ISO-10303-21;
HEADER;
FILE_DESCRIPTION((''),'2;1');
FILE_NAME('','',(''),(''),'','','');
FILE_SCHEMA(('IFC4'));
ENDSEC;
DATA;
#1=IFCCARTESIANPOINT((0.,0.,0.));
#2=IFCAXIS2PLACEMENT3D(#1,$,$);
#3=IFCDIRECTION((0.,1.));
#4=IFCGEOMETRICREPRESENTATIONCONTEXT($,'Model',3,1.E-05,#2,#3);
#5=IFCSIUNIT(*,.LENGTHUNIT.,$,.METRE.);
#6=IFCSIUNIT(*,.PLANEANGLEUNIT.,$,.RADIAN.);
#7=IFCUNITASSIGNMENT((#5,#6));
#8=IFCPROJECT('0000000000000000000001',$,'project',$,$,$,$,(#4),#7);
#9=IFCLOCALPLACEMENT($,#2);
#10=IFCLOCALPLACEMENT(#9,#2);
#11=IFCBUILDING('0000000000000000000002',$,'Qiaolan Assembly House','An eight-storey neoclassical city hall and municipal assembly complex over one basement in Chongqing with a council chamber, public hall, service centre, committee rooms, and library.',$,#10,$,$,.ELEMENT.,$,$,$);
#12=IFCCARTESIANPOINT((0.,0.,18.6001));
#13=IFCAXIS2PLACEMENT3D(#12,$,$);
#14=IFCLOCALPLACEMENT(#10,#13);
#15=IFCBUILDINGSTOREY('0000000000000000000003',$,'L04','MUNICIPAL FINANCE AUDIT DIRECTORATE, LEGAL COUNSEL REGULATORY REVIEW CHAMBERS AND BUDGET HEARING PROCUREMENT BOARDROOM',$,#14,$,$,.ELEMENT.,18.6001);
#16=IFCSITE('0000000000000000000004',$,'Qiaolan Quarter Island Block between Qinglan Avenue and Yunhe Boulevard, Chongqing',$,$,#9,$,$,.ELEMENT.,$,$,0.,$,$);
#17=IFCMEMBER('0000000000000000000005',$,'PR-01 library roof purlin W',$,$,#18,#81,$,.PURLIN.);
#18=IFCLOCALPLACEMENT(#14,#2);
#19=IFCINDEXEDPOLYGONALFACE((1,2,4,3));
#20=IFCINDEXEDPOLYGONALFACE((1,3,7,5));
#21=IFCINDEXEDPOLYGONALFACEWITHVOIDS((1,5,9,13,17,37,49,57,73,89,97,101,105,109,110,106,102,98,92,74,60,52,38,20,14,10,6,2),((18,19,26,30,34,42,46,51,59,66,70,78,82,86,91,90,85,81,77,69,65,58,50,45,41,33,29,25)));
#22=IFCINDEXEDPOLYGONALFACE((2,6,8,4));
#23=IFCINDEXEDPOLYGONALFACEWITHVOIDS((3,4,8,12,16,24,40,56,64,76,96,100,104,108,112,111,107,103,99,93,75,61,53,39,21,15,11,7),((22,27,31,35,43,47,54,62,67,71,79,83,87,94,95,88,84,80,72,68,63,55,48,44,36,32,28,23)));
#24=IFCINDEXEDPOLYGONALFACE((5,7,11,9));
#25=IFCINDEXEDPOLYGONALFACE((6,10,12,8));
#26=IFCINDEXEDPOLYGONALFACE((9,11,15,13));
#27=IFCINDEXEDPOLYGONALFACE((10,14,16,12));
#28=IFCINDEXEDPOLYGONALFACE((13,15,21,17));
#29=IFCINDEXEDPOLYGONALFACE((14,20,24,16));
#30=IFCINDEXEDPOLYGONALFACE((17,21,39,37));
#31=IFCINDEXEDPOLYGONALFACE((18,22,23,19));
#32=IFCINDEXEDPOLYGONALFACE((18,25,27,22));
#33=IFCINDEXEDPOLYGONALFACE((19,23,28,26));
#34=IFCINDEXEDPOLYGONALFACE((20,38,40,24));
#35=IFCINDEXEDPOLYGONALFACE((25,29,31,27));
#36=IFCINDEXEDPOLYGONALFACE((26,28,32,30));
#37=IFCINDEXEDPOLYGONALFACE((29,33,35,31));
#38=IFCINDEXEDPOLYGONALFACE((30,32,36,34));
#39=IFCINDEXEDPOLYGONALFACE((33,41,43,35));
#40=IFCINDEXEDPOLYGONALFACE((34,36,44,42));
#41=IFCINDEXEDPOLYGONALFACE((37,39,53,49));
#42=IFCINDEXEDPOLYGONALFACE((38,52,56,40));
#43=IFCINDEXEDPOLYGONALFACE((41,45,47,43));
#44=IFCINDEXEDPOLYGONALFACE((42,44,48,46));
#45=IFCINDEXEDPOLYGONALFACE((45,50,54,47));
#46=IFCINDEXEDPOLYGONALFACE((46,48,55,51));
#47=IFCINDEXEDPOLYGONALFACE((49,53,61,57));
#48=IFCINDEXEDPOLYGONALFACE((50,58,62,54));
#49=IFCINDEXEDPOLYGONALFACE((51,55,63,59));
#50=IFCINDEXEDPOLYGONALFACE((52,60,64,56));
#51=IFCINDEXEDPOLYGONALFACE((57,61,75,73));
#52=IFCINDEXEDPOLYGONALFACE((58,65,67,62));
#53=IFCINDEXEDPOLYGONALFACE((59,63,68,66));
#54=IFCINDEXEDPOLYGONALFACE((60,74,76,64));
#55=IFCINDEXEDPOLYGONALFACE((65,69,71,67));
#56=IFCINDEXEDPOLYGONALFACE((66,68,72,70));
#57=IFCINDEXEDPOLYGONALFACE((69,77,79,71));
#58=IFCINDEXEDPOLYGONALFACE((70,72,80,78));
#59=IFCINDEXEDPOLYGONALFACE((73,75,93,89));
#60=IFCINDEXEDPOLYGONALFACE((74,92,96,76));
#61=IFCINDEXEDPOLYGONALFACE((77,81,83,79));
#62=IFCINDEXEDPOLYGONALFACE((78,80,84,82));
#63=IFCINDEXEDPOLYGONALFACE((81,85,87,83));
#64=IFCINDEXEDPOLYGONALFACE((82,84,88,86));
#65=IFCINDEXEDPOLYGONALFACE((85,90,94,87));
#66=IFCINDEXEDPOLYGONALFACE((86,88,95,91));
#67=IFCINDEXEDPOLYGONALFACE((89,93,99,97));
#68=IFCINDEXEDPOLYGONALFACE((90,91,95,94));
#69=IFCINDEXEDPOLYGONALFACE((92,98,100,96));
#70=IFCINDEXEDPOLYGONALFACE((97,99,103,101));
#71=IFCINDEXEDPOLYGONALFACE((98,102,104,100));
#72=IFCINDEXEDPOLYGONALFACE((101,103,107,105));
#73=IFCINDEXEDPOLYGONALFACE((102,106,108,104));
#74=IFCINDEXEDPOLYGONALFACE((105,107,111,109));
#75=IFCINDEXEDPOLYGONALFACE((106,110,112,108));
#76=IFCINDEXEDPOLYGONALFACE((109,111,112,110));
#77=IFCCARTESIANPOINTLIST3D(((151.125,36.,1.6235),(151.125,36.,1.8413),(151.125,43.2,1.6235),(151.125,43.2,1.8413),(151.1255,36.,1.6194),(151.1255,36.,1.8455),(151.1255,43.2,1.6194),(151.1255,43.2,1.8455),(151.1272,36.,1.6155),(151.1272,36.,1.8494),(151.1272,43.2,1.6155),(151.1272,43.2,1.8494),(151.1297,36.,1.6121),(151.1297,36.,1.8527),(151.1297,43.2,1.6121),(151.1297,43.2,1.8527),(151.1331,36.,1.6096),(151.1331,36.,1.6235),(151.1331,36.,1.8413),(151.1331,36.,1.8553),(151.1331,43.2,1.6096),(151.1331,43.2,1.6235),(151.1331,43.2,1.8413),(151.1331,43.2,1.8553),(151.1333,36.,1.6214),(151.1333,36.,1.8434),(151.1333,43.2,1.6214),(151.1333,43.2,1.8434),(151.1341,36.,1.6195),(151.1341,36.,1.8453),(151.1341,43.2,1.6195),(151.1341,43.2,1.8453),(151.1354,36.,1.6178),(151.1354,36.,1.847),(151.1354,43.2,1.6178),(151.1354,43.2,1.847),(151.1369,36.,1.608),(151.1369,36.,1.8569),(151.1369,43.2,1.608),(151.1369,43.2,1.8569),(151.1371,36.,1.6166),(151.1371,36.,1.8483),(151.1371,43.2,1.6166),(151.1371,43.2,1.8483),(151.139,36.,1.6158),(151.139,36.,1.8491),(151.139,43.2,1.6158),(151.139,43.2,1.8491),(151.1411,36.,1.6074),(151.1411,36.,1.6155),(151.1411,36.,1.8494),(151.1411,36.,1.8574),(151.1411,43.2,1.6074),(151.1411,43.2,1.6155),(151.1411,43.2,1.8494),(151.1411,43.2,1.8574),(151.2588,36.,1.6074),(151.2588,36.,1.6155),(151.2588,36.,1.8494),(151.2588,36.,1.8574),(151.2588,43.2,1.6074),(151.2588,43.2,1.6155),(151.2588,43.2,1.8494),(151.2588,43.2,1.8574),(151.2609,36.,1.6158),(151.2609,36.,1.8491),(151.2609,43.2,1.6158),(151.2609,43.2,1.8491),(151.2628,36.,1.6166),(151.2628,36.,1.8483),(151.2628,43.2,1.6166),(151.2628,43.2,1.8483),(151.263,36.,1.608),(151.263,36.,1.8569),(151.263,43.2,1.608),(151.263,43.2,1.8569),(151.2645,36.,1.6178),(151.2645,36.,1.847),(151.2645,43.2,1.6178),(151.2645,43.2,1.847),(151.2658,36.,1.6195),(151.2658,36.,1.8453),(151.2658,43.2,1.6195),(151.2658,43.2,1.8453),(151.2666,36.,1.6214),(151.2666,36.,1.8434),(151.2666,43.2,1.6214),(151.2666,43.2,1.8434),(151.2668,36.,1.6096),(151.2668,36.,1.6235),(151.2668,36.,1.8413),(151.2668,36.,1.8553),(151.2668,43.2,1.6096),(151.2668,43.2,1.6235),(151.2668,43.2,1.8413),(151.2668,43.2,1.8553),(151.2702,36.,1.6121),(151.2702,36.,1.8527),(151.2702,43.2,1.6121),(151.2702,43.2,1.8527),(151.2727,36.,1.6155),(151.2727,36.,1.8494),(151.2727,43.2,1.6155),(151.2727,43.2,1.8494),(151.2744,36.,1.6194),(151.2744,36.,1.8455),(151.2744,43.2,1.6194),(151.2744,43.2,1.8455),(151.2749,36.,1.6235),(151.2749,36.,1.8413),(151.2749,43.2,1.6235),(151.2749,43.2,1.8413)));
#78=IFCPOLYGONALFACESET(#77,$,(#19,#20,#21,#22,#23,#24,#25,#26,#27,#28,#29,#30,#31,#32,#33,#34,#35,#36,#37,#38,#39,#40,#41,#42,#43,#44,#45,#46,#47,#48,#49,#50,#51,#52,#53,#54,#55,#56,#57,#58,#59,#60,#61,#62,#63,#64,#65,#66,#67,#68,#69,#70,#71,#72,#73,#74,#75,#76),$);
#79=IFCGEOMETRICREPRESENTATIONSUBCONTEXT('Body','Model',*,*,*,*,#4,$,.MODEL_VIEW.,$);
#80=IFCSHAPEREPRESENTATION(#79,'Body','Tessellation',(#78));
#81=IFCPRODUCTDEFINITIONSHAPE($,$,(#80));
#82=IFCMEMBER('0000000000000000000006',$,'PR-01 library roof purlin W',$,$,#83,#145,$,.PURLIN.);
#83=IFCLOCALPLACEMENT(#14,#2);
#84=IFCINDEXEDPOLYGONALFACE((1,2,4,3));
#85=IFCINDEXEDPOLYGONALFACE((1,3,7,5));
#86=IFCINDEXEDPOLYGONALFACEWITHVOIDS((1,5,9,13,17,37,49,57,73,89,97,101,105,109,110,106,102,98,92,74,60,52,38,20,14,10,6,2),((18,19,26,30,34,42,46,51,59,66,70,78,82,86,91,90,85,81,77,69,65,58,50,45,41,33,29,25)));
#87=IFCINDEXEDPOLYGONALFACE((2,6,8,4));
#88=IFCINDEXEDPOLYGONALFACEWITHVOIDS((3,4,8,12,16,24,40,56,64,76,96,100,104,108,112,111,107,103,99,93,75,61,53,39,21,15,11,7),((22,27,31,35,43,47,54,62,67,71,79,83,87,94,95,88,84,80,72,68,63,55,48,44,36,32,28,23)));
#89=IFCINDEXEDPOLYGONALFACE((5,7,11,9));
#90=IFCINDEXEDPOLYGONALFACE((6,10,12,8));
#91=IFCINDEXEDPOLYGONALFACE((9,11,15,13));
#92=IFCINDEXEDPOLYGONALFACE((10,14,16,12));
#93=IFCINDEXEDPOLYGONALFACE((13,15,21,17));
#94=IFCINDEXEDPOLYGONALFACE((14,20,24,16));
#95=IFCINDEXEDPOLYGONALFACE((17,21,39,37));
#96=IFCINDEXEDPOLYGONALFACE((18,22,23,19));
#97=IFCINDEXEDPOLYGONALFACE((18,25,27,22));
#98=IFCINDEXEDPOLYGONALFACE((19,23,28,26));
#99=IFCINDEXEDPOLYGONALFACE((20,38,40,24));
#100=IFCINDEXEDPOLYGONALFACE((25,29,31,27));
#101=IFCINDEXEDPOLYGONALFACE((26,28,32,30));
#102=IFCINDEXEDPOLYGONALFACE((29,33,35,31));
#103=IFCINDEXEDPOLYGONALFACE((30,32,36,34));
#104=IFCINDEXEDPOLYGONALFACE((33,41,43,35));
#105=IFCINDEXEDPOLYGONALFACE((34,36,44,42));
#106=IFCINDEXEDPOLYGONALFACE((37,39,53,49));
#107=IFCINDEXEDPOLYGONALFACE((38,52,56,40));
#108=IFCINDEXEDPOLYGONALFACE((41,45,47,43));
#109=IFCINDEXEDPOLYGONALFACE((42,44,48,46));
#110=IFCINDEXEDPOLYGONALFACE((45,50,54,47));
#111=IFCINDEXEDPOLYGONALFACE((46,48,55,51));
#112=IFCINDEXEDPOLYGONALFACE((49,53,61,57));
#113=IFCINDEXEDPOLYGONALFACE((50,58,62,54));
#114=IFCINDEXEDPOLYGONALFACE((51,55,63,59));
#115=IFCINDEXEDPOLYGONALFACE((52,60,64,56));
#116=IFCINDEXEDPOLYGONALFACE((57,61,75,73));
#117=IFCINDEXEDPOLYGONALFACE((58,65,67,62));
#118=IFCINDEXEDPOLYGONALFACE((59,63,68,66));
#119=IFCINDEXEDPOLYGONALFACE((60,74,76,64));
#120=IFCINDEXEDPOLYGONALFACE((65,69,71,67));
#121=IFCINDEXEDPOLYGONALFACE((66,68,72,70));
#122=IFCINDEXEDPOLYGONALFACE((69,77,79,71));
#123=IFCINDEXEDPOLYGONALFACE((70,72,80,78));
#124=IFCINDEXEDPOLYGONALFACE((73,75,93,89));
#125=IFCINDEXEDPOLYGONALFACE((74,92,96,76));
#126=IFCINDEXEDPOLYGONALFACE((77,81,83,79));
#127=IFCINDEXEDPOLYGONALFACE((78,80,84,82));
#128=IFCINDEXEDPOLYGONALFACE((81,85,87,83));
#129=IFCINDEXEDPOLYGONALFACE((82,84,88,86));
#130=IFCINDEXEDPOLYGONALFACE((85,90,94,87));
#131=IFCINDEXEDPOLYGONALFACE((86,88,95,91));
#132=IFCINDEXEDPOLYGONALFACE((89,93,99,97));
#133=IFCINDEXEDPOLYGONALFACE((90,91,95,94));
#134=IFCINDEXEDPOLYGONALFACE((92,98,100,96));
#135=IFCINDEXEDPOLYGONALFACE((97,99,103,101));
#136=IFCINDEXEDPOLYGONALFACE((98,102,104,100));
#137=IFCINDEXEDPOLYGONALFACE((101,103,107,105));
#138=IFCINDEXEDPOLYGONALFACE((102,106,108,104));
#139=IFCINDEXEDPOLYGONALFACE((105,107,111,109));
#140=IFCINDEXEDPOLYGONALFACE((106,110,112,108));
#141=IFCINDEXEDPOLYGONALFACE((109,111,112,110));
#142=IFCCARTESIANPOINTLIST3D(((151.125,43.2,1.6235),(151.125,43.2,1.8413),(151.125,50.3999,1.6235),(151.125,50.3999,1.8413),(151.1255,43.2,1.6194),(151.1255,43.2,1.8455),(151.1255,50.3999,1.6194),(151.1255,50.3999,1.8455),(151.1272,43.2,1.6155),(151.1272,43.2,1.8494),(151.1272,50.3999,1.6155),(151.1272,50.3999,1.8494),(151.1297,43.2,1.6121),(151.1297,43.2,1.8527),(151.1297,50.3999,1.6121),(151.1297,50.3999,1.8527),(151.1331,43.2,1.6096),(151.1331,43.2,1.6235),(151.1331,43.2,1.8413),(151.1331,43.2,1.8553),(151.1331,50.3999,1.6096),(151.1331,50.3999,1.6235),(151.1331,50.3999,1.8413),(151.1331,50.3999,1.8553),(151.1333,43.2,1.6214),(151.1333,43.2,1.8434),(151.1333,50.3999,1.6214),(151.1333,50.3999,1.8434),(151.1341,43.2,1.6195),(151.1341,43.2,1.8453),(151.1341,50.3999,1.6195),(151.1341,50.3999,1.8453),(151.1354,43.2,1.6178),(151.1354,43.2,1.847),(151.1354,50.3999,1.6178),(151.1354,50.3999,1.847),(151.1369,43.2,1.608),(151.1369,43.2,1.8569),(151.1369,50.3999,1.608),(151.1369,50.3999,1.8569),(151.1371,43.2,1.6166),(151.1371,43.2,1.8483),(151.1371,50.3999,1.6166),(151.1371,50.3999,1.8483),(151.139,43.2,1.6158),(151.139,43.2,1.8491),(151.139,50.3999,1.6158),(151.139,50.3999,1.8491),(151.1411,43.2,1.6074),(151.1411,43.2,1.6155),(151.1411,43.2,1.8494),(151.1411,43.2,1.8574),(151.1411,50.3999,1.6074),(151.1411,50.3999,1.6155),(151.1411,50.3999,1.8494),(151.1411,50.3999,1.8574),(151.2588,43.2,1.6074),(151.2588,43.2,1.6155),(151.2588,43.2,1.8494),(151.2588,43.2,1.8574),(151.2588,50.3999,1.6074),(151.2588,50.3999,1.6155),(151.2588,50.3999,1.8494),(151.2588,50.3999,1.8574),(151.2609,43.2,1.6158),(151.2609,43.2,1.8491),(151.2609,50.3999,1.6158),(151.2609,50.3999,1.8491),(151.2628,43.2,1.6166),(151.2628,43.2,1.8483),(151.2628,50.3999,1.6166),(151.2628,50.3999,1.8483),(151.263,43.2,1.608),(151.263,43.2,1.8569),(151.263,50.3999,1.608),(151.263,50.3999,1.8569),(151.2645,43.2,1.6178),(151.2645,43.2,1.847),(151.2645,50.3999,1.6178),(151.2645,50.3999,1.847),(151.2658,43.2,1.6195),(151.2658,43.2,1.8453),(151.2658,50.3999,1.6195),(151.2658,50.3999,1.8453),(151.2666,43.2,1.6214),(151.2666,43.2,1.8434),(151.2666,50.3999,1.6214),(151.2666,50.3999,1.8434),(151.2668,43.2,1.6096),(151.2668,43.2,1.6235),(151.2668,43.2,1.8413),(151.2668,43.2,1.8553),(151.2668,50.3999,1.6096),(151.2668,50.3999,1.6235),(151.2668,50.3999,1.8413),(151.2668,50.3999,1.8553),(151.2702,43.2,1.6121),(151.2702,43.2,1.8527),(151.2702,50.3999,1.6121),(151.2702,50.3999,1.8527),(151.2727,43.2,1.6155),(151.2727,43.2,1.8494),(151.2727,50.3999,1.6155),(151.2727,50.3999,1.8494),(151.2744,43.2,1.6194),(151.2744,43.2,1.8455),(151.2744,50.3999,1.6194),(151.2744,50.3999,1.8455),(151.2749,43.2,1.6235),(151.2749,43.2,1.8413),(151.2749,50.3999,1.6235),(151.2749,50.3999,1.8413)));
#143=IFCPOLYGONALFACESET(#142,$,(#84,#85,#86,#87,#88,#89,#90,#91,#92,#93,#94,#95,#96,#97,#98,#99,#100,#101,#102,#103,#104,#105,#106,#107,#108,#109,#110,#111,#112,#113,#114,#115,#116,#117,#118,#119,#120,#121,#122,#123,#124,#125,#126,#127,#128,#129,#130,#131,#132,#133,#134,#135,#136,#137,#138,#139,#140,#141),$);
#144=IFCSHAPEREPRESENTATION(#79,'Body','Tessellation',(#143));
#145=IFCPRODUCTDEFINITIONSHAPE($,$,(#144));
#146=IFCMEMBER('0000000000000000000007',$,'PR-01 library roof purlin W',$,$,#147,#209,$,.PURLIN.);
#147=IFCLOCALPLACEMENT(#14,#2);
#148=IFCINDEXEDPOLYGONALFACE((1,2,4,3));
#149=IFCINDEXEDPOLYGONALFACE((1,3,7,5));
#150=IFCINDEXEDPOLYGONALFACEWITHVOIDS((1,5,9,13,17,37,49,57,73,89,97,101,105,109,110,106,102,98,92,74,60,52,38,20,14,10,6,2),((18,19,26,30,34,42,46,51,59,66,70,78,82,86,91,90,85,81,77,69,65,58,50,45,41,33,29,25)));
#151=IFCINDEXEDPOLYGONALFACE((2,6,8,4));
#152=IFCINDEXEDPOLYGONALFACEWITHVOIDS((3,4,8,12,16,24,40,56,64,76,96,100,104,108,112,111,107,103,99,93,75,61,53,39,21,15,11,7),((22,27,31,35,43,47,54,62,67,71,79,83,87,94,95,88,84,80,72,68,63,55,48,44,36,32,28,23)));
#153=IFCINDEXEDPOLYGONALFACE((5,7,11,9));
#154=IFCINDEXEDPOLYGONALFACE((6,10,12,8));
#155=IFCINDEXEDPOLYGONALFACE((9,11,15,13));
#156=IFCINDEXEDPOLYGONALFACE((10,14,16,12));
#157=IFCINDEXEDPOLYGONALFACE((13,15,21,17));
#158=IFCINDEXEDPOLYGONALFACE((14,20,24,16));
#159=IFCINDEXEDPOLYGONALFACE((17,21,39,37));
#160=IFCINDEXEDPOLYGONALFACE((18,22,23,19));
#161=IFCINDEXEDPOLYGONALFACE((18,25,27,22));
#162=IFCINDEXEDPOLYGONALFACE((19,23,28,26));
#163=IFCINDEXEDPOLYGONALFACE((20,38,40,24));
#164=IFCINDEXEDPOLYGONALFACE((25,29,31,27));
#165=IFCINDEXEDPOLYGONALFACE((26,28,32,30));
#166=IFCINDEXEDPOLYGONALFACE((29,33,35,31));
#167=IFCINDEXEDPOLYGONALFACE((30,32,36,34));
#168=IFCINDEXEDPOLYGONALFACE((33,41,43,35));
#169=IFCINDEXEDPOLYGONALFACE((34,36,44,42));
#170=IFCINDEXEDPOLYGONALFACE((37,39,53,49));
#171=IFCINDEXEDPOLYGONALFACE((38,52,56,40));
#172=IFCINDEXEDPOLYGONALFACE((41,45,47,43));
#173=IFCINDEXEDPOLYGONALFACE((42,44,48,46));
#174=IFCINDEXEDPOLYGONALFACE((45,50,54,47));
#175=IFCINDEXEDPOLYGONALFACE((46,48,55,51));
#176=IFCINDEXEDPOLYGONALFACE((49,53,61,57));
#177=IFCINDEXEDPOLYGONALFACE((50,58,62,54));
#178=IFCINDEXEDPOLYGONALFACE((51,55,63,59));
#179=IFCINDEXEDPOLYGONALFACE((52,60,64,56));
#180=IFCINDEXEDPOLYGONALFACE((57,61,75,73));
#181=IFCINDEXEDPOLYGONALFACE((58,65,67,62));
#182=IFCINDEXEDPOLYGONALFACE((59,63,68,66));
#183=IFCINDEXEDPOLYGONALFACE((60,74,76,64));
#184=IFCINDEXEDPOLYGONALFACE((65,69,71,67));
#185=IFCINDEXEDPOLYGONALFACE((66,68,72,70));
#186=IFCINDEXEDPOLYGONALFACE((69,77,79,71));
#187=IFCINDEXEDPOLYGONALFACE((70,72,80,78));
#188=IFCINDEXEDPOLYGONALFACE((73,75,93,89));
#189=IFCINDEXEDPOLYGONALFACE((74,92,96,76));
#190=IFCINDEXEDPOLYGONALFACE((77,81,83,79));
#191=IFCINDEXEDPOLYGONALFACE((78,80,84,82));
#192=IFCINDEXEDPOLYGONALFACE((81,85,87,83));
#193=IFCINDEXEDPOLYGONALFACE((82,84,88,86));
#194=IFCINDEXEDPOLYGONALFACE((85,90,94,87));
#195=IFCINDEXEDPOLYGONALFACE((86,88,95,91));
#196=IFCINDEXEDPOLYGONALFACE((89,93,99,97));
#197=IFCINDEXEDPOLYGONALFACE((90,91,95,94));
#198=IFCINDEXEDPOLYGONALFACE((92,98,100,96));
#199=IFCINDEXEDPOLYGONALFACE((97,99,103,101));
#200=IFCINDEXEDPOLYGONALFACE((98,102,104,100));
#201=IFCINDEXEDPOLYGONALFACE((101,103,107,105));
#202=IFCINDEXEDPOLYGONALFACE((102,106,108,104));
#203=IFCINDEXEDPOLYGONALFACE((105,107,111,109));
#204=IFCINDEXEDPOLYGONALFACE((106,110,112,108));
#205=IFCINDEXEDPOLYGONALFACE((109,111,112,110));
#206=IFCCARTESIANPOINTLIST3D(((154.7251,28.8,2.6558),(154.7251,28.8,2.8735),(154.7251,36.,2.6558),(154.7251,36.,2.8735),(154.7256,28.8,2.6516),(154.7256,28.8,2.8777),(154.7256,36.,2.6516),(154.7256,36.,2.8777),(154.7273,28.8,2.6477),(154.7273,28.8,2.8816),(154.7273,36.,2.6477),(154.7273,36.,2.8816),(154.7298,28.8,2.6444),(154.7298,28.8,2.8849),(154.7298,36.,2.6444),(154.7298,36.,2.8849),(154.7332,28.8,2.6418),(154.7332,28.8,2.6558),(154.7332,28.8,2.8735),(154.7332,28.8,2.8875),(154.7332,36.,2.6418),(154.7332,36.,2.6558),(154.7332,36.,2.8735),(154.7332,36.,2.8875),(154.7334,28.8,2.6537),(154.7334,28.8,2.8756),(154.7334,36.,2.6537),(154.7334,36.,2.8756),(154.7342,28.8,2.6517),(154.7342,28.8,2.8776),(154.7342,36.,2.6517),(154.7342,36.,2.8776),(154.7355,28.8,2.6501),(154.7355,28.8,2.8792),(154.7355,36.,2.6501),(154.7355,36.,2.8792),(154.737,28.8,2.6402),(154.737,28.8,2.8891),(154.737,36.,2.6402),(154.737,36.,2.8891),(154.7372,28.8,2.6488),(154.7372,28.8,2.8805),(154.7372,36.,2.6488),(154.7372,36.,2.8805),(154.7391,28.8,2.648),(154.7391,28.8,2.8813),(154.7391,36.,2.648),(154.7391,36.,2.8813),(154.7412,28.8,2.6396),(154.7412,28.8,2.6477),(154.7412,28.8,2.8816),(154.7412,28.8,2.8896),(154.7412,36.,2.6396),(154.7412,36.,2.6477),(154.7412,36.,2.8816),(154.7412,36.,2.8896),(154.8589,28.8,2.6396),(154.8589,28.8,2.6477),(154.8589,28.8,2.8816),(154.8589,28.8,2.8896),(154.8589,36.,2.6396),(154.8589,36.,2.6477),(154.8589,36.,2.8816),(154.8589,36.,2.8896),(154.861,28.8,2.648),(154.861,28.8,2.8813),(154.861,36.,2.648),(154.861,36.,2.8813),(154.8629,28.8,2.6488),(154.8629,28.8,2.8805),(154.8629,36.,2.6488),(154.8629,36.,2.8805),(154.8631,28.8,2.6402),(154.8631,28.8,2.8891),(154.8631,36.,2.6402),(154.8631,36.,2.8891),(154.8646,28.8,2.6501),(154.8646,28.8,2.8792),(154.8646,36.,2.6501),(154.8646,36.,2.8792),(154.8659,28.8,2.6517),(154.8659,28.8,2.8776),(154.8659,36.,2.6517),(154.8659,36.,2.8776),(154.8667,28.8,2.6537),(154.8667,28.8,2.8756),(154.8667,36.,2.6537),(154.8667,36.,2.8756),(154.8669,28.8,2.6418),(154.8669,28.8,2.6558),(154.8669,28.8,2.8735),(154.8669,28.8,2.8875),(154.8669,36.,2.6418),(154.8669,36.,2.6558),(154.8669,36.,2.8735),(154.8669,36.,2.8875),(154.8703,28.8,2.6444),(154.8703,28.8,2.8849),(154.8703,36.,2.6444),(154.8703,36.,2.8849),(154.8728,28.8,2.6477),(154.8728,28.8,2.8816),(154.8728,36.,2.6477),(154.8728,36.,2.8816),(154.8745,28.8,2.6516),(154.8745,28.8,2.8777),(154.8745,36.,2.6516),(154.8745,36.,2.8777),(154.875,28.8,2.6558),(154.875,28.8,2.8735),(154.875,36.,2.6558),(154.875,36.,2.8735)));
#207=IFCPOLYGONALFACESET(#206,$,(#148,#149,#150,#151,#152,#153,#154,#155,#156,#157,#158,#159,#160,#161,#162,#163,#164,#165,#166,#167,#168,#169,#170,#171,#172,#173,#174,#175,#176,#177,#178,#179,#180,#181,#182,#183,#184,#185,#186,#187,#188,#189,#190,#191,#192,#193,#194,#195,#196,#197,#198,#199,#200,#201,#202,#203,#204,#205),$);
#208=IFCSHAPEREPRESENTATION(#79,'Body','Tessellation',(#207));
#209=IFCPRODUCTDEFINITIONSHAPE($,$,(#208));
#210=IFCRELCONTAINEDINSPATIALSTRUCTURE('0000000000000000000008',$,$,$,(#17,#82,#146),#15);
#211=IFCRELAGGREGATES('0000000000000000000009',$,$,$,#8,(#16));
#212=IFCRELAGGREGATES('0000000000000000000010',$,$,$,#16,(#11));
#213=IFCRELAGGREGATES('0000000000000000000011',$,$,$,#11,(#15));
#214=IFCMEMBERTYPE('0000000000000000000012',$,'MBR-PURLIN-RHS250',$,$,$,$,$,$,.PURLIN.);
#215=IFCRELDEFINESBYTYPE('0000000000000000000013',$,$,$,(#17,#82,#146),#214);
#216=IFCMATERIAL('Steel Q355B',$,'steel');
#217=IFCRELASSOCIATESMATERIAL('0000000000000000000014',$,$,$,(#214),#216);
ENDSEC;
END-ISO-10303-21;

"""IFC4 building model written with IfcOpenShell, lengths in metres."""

from ifc_helpers import new_model, si_unit, direction, frame, origin, origin_2d, place, context, subcontext, project, spatial, hollow_rectangle, extrude, material, material_profile, profile_set, type_object, element, save


model = new_model("IFC4")

# Units and contexts
model_context = context("Model", 3, precision=1e-05, world=origin(), true_north=direction((0.0, 1.0)))
body_context = subcontext(model_context, "Body", "Model", "MODEL_VIEW")
ifc_project = project(units=[si_unit("LENGTHUNIT", "METRE"), si_unit("PLANEANGLEUNIT", "RADIAN")], contexts=[model_context])

# Site, building, storey
site_placement = place(None, origin())
site = spatial("IfcSite", under=ifc_project, at=site_placement, Name="Qiaolan Quarter Island Block between Qinglan Avenue and Yunhe Boulevard, Chongqing", CompositionType="ELEMENT", RefElevation=0.0)
building_placement = place(site_placement, origin())
building = spatial("IfcBuilding", under=site, at=building_placement, Name="Qiaolan Assembly House", Description="An eight-storey neoclassical city hall and municipal assembly complex over one basement in Chongqing with a council chamber, public hall, service centre, committee rooms, and library.", CompositionType="ELEMENT")
storey_placement = place(building_placement, frame((0.0, 0.0, 18.6001)))
storey = spatial("IfcBuildingStorey", under=building, at=storey_placement, Name="L04", Description="MUNICIPAL FINANCE AUDIT DIRECTORATE, LEGAL COUNSEL REGULATORY REVIEW CHAMBERS AND BUDGET HEARING PROCUREMENT BOARDROOM", CompositionType="ELEMENT", Elevation=18.6001)

# Shared definitions
ifc_material = material(Name="Steel Q355B", Category="steel")

# Members
ifc_material_profile_1 = material_profile(ifc_material, hollow_rectangle(XDim=0.1499, YDim=0.25, WallThickness=0.0081, InnerFilletRadius=0.0081, OuterFilletRadius=0.0161, at=origin_2d()), Name="RHS 250x150x8")
ifc_profile_set_1 = profile_set([ifc_material_profile_1], Name="Steel Q355B")
member_type = type_object("IfcMemberType", Name="MBR-PURLIN-RHS250", PredefinedType="PURLIN", material=ifc_profile_set_1)
for number, where, z_axis, x_axis, name in (
    (1, (151.2, 36.0, 1.7324), (0.0, 1.0, 0.0), (-1.0, 0.0, 0.0), "PR-01 library roof purlin W"),
    (2, (151.2, 43.2, 1.7324), (0.0, 1.0, 0.0), (-1.0, 0.0, 0.0), "PR-01 library roof purlin W"),
    (3, (154.8, 28.8, 2.7646), (0.0, 1.0, 0.0), (-1.0, 0.0, 0.0), "PR-01 library roof purlin W"),
):
    element("IfcMember", number, at=place(storey_placement, frame(where, z_axis=z_axis, x_axis=x_axis)), inside=storey, type_object=member_type, Name=name, PredefinedType="PURLIN", context=body_context, shape_type="SweptSolid", body=[
        extrude(hollow_rectangle(XDim=0.1499, YDim=0.25, WallThickness=0.0081, InnerFilletRadius=0.0081, OuterFilletRadius=0.0161, at=origin_2d()), origin(), (0.0, 0.0, 1.0), 7.2),
    ])

save(model, "model.ifc")
